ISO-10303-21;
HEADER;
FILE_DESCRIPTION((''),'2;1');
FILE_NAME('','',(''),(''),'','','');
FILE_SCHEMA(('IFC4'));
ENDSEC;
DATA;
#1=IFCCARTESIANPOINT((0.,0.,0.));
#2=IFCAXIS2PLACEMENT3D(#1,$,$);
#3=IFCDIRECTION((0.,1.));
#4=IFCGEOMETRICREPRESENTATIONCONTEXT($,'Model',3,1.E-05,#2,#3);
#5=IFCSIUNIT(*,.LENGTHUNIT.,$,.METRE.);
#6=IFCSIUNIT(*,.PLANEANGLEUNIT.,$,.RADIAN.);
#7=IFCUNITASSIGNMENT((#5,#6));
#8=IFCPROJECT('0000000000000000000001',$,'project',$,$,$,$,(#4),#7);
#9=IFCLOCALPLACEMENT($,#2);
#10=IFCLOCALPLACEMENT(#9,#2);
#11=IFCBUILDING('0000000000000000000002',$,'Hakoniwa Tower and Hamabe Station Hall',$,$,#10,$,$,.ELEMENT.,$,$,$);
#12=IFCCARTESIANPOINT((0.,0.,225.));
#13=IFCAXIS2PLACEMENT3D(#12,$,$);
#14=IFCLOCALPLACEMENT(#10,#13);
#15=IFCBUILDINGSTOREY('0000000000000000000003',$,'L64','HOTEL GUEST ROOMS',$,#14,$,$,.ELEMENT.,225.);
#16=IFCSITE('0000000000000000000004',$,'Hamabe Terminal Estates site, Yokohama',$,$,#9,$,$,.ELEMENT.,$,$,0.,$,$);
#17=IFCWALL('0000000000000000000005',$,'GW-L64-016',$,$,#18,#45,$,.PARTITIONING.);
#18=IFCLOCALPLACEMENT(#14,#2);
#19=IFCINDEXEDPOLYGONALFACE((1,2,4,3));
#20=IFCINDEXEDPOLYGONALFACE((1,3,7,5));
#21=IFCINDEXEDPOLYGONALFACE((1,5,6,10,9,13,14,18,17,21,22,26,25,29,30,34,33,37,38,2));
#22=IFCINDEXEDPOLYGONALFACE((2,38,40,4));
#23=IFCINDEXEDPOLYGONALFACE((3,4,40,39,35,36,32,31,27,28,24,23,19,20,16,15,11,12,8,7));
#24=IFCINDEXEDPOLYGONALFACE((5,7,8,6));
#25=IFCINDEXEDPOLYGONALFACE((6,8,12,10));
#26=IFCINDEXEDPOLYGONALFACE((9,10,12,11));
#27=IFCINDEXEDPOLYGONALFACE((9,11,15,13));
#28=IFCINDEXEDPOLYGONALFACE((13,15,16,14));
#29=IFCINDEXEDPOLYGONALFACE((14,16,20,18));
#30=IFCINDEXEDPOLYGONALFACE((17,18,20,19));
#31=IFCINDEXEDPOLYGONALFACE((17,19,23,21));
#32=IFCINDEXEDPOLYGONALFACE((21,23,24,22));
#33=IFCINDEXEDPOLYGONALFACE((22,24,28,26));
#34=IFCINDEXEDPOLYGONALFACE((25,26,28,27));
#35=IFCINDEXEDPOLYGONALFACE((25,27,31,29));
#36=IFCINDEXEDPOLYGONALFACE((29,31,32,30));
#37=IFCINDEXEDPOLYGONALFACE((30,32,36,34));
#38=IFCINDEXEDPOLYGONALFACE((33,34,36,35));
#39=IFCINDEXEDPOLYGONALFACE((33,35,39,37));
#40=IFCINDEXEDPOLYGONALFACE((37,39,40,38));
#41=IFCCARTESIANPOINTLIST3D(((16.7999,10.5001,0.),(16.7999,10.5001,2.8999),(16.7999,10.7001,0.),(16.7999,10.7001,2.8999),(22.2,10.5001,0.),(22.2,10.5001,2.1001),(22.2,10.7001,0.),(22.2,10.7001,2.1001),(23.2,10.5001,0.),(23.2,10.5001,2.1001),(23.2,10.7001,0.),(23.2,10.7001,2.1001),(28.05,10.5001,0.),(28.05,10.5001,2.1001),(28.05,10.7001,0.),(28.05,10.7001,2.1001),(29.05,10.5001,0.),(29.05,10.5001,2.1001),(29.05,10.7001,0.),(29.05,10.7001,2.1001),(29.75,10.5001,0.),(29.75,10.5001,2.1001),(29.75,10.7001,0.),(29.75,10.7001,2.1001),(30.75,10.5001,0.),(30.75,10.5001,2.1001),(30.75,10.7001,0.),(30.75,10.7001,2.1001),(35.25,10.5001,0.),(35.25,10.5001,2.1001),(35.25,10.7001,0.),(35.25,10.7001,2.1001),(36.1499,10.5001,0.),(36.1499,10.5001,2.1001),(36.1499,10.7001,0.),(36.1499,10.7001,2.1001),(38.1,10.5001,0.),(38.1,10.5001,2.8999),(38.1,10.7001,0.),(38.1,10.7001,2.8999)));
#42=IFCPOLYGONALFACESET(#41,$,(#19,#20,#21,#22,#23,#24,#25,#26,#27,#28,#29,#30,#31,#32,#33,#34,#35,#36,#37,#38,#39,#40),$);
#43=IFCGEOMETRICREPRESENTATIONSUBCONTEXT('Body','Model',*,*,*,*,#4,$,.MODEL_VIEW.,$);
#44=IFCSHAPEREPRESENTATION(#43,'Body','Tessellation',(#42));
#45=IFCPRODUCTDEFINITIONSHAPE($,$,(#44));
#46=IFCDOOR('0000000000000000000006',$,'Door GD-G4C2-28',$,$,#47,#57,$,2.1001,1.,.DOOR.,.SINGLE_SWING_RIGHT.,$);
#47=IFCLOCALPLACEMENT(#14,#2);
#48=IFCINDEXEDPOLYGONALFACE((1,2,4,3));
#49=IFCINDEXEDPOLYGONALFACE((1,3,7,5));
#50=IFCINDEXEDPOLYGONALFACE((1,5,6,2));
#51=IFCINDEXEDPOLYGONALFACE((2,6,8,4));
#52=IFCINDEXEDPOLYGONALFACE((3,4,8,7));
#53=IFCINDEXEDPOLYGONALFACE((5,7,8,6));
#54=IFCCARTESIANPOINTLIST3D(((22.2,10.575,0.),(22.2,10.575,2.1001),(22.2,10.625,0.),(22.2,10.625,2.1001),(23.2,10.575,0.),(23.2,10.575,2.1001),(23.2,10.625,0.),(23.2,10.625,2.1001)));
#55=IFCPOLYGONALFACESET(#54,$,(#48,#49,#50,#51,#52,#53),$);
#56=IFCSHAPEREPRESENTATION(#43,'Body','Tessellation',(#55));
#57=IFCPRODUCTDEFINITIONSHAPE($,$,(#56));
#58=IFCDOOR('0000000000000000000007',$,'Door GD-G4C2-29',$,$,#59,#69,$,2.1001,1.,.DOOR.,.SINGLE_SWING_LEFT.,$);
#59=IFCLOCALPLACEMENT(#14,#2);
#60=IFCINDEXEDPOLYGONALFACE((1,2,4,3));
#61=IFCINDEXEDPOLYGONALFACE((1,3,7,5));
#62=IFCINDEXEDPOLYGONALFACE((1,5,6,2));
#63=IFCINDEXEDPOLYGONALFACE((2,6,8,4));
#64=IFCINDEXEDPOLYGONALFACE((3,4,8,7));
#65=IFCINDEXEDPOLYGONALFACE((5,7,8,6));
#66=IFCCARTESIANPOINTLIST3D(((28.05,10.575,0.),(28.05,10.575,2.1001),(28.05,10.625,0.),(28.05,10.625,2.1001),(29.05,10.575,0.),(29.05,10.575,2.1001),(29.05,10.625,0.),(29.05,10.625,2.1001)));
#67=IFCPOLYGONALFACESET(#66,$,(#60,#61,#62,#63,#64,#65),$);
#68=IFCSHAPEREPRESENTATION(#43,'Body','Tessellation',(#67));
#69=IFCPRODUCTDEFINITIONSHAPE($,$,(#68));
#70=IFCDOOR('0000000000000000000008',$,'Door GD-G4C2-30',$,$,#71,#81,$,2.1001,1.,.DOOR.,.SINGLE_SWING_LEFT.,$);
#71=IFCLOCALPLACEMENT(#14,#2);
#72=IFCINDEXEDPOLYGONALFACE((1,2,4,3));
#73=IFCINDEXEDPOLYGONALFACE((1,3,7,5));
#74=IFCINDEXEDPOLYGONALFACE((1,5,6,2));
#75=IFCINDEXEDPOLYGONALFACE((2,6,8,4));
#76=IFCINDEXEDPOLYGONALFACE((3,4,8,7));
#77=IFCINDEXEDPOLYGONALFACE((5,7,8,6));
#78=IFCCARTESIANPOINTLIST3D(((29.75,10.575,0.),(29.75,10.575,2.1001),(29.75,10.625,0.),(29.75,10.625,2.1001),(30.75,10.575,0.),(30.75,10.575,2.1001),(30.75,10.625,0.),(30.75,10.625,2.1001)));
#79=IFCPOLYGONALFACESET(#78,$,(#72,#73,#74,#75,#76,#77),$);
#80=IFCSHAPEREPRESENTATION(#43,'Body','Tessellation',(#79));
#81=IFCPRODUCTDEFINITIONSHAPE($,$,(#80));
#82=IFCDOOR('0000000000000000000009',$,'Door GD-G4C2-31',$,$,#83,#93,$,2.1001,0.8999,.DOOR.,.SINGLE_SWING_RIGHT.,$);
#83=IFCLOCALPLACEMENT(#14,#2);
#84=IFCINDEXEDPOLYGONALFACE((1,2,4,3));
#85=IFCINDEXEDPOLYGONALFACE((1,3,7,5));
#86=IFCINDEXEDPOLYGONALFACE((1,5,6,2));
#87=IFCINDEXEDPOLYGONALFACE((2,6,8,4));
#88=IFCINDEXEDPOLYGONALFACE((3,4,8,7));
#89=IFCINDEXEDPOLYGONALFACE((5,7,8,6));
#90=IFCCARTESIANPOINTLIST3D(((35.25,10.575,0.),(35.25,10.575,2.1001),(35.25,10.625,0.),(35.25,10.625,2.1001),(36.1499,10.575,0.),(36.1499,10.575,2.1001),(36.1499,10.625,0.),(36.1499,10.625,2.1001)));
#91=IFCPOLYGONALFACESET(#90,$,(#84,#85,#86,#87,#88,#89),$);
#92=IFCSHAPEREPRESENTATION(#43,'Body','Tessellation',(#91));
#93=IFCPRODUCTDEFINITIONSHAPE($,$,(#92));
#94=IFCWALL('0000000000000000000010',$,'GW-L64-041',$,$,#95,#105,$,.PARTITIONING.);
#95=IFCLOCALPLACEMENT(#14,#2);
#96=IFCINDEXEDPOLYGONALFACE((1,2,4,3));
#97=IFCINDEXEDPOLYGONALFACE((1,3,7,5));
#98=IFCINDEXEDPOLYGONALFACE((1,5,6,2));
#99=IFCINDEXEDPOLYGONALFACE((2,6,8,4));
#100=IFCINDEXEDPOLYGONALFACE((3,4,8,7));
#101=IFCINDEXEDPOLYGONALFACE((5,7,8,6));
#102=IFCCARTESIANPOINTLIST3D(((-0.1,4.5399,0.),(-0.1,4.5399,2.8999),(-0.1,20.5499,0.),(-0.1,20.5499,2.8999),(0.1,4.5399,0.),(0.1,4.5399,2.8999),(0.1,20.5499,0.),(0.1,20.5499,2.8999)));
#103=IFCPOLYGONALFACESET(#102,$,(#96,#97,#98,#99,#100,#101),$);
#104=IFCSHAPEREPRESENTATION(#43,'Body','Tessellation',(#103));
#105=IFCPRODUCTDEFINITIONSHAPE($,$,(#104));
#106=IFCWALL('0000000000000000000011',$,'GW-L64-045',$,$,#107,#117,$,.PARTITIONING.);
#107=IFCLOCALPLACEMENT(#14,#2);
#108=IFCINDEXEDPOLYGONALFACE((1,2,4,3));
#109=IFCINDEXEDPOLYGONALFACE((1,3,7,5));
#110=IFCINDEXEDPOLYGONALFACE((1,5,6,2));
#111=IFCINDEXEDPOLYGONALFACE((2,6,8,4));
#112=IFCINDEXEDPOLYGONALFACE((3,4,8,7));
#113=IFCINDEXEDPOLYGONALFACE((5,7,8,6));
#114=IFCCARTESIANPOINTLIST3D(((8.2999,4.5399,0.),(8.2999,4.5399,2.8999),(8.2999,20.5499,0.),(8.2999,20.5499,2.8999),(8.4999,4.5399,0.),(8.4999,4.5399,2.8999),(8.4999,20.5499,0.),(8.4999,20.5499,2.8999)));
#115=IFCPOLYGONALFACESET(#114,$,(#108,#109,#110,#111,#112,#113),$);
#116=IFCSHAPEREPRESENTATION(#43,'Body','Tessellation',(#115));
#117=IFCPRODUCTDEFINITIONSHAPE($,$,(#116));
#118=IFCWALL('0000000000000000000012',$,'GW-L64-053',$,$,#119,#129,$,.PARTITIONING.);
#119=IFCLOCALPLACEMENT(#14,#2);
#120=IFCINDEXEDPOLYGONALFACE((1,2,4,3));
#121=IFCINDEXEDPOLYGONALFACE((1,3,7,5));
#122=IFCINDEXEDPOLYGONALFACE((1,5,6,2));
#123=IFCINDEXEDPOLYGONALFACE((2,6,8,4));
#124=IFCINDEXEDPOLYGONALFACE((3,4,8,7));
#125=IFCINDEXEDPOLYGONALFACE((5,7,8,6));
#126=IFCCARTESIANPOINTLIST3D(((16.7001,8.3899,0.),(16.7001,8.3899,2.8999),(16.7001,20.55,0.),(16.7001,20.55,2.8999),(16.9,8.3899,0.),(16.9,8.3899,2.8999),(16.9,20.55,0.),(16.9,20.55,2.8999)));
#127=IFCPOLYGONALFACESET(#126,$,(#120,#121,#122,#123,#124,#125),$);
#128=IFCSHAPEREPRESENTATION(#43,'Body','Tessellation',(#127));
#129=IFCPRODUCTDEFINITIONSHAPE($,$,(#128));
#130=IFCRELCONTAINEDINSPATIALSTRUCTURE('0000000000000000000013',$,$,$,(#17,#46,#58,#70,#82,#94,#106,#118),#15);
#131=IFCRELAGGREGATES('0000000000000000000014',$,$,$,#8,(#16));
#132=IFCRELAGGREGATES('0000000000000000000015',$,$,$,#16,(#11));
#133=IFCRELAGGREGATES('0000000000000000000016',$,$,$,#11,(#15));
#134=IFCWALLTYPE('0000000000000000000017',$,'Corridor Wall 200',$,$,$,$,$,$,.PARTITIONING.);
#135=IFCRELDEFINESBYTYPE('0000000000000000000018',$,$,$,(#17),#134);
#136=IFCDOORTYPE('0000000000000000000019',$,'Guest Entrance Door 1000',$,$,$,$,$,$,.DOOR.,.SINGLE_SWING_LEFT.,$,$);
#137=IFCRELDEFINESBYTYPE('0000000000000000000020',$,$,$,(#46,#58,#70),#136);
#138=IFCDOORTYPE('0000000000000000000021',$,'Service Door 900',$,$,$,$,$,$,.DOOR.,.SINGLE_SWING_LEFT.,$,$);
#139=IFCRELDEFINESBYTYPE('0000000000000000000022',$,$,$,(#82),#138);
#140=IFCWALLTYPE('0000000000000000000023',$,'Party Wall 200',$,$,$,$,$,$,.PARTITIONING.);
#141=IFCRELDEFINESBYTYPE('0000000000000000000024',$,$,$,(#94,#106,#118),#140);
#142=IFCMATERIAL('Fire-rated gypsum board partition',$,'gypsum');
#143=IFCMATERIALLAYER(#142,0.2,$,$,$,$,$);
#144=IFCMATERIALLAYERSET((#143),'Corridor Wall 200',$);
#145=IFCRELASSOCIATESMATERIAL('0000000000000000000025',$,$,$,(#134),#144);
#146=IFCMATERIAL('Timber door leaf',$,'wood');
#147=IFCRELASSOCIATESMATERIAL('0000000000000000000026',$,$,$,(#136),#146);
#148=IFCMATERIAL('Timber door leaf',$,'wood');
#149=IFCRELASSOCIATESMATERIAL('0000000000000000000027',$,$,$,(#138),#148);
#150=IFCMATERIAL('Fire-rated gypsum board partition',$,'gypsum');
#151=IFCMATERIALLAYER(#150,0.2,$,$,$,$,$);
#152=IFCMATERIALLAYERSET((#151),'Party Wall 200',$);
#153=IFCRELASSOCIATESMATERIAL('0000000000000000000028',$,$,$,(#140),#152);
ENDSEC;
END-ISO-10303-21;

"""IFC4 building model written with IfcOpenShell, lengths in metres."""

from ifc_helpers import new_model, si_unit, direction, frame, frame_2d, origin, place, context, subcontext, project, spatial, rectangle, extrude, material, layer, layer_set, type_object, element, fill, save


model = new_model("IFC4")

# Units and contexts
model_context = context("Model", 3, precision=1e-05, world=origin(), true_north=direction((0.0, 1.0)))
body_context = subcontext(model_context, "Body", "Model", "MODEL_VIEW")
ifc_project = project(units=[si_unit("LENGTHUNIT", "METRE"), si_unit("PLANEANGLEUNIT", "RADIAN")], contexts=[model_context])

# Site, building, storey
site_placement = place(None, origin())
site = spatial("IfcSite", under=ifc_project, at=site_placement, Name="Hamabe Terminal Estates site, Yokohama", CompositionType="ELEMENT", RefElevation=0.0)
building_placement = place(site_placement, origin())
building = spatial("IfcBuilding", under=site, at=building_placement, Name="Hakoniwa Tower and Hamabe Station Hall", CompositionType="ELEMENT")
storey_placement = place(building_placement, frame((0.0, 0.0, 225.0)))
storey = spatial("IfcBuildingStorey", under=building, at=storey_placement, Name="L64", Description="HOTEL GUEST ROOMS", CompositionType="ELEMENT", Elevation=225.0)

# Wall, openings, doors
ifc_material_1 = material(Name="Fire-rated gypsum board partition", Category="gypsum")
ifc_layer_1 = layer(ifc_material_1, 0.2)
ifc_layer_set_1 = layer_set([ifc_layer_1], Name="Corridor Wall 200")
wall_type_1 = type_object("IfcWallType", Name="Corridor Wall 200", PredefinedType="PARTITIONING", material=ifc_layer_set_1)
wall_1_placement = place(storey_placement, frame((16.8, 10.6001, 0.0), z_axis=(0.0, 0.0, 1.0), x_axis=(1.0, 0.0, 0.0)))
wall_1 = element("IfcWall", 1, at=wall_1_placement, inside=storey, type_object=wall_type_1, Name="GW-L64-016", PredefinedType="PARTITIONING", context=body_context, shape_type="SweptSolid", body=[
    extrude(rectangle(XDim=21.3, YDim=0.2, at=frame_2d((10.6499, 0.0))), origin(), (0.0, 0.0, 1.0), 2.8999),
])
opening_1_placement = place(wall_1_placement, frame((5.3999, 0.0, 0.0)))
opening_1 = element("IfcOpeningElement", 2, at=opening_1_placement, cuts=wall_1, PredefinedType="OPENING", context=body_context, shape_type="SweptSolid", body=[
    extrude(rectangle(XDim=1.0, YDim=2.1001, at=frame_2d((0.5, 1.05))), frame((0.0, 0.1099, 0.0), z_axis=(0.0, -1.0, 0.0), x_axis=(1.0, 0.0, 0.0)), (0.0, 0.0, 1.0), 0.22),
])
opening_2_placement = place(wall_1_placement, frame((11.25, 0.0, 0.0)))
opening_2 = element("IfcOpeningElement", 3, at=opening_2_placement, cuts=wall_1, PredefinedType="OPENING", context=body_context, shape_type="SweptSolid", body=[
    extrude(rectangle(XDim=1.0, YDim=2.1001, at=frame_2d((0.5, 1.05))), frame((0.0, 0.1099, 0.0), z_axis=(0.0, -1.0, 0.0), x_axis=(1.0, 0.0, 0.0)), (0.0, 0.0, 1.0), 0.22),
])
opening_3_placement = place(wall_1_placement, frame((12.95, 0.0, 0.0)))
opening_3 = element("IfcOpeningElement", 4, at=opening_3_placement, cuts=wall_1, PredefinedType="OPENING", context=body_context, shape_type="SweptSolid", body=[
    extrude(rectangle(XDim=1.0, YDim=2.1001, at=frame_2d((0.5, 1.05))), frame((0.0, 0.1099, 0.0), z_axis=(0.0, -1.0, 0.0), x_axis=(1.0, 0.0, 0.0)), (0.0, 0.0, 1.0), 0.22),
])
opening_4_placement = place(wall_1_placement, frame((18.45, 0.0, 0.0)))
opening_4 = element("IfcOpeningElement", 5, at=opening_4_placement, cuts=wall_1, PredefinedType="OPENING", context=body_context, shape_type="SweptSolid", body=[
    extrude(rectangle(XDim=0.8999, YDim=2.1001, at=frame_2d((0.45, 1.05))), frame((0.0, 0.1099, 0.0), z_axis=(0.0, -1.0, 0.0), x_axis=(1.0, 0.0, 0.0)), (0.0, 0.0, 1.0), 0.22),
])
ifc_material_2 = material(Name="Timber door leaf", Category="wood")
door_type_1 = type_object("IfcDoorType", Name="Guest Entrance Door 1000", OperationType="SINGLE_SWING_LEFT", PredefinedType="DOOR", material=ifc_material_2)
door_1_placement = place(opening_1_placement, origin())
door_1 = element("IfcDoor", 6, at=door_1_placement, inside=storey, type_object=door_type_1, Name="Door GD-G4C2-28", OperationType="SINGLE_SWING_RIGHT", OverallHeight=2.1001, OverallWidth=1.0, PredefinedType="DOOR", context=body_context, shape_type="SweptSolid", body=[
    extrude(rectangle(XDim=1.0, YDim=2.1001, at=frame_2d((0.5, 1.05))), frame((0.0, 0.0249, 0.0), z_axis=(0.0, -1.0, 0.0), x_axis=(1.0, 0.0, 0.0)), (0.0, 0.0, 1.0), 0.05),
])
fill(opening_1, door_1)
door_2_placement = place(opening_2_placement, origin())
door_2 = element("IfcDoor", 7, at=door_2_placement, inside=storey, type_object=door_type_1, Name="Door GD-G4C2-29", OperationType="SINGLE_SWING_LEFT", OverallHeight=2.1001, OverallWidth=1.0, PredefinedType="DOOR", context=body_context, shape_type="SweptSolid", body=[
    extrude(rectangle(XDim=1.0, YDim=2.1001, at=frame_2d((0.5, 1.05))), frame((0.0, 0.0249, 0.0), z_axis=(0.0, -1.0, 0.0), x_axis=(1.0, 0.0, 0.0)), (0.0, 0.0, 1.0), 0.05),
])
fill(opening_2, door_2)
door_3_placement = place(opening_3_placement, origin())
door_3 = element("IfcDoor", 8, at=door_3_placement, inside=storey, type_object=door_type_1, Name="Door GD-G4C2-30", OperationType="SINGLE_SWING_LEFT", OverallHeight=2.1001, OverallWidth=1.0, PredefinedType="DOOR", context=body_context, shape_type="SweptSolid", body=[
    extrude(rectangle(XDim=1.0, YDim=2.1001, at=frame_2d((0.5, 1.05))), frame((0.0, 0.0249, 0.0), z_axis=(0.0, -1.0, 0.0), x_axis=(1.0, 0.0, 0.0)), (0.0, 0.0, 1.0), 0.05),
])
fill(opening_3, door_3)
ifc_material_3 = material(Name="Timber door leaf", Category="wood")
door_type_2 = type_object("IfcDoorType", Name="Service Door 900", OperationType="SINGLE_SWING_LEFT", PredefinedType="DOOR", material=ifc_material_3)
door_4_placement = place(opening_4_placement, origin())
door_4 = element("IfcDoor", 9, at=door_4_placement, inside=storey, type_object=door_type_2, Name="Door GD-G4C2-31", OperationType="SINGLE_SWING_RIGHT", OverallHeight=2.1001, OverallWidth=0.8999, PredefinedType="DOOR", context=body_context, shape_type="SweptSolid", body=[
    extrude(rectangle(XDim=0.8999, YDim=2.1001, at=frame_2d((0.45, 1.05))), frame((0.0, 0.0249, 0.0), z_axis=(0.0, -1.0, 0.0), x_axis=(1.0, 0.0, 0.0)), (0.0, 0.0, 1.0), 0.05),
])
fill(opening_4, door_4)

# Walls
ifc_material_4 = material(Name="Fire-rated gypsum board partition", Category="gypsum")
ifc_layer_2 = layer(ifc_material_4, 0.2)
ifc_layer_set_2 = layer_set([ifc_layer_2], Name="Party Wall 200")
wall_type_2 = type_object("IfcWallType", Name="Party Wall 200", PredefinedType="PARTITIONING", material=ifc_layer_set_2)
for number, where, z_axis, x_axis, name in (
    (10, (0.0, 4.54, 0.0), (0.0, 0.0, 1.0), (0.0, 1.0, 0.0), "GW-L64-041"),
    (11, (8.3999, 4.54, 0.0), (0.0, 0.0, 1.0), (0.0, 1.0, 0.0), "GW-L64-045"),
):
    element("IfcWall", number, at=place(storey_placement, frame(where, z_axis=z_axis, x_axis=x_axis)), inside=storey, type_object=wall_type_2, Name=name, PredefinedType="PARTITIONING", context=body_context, shape_type="SweptSolid", body=[
        extrude(rectangle(XDim=16.01, YDim=0.2, at=frame_2d((8.0049, 0.0))), origin(), (0.0, 0.0, 1.0), 2.8999),
    ])
wall_2_placement = place(storey_placement, frame((16.8, 8.3899, 0.0), z_axis=(0.0, 0.0, 1.0), x_axis=(0.0, 1.0, 0.0)))
element("IfcWall", 12, at=wall_2_placement, inside=storey, type_object=wall_type_2, Name="GW-L64-053", PredefinedType="PARTITIONING", context=body_context, shape_type="SweptSolid", body=[
    extrude(rectangle(XDim=12.1602, YDim=0.2, at=frame_2d((6.0801, 0.0))), origin(), (0.0, 0.0, 1.0), 2.8999),
])

save(model, "model.ifc")
